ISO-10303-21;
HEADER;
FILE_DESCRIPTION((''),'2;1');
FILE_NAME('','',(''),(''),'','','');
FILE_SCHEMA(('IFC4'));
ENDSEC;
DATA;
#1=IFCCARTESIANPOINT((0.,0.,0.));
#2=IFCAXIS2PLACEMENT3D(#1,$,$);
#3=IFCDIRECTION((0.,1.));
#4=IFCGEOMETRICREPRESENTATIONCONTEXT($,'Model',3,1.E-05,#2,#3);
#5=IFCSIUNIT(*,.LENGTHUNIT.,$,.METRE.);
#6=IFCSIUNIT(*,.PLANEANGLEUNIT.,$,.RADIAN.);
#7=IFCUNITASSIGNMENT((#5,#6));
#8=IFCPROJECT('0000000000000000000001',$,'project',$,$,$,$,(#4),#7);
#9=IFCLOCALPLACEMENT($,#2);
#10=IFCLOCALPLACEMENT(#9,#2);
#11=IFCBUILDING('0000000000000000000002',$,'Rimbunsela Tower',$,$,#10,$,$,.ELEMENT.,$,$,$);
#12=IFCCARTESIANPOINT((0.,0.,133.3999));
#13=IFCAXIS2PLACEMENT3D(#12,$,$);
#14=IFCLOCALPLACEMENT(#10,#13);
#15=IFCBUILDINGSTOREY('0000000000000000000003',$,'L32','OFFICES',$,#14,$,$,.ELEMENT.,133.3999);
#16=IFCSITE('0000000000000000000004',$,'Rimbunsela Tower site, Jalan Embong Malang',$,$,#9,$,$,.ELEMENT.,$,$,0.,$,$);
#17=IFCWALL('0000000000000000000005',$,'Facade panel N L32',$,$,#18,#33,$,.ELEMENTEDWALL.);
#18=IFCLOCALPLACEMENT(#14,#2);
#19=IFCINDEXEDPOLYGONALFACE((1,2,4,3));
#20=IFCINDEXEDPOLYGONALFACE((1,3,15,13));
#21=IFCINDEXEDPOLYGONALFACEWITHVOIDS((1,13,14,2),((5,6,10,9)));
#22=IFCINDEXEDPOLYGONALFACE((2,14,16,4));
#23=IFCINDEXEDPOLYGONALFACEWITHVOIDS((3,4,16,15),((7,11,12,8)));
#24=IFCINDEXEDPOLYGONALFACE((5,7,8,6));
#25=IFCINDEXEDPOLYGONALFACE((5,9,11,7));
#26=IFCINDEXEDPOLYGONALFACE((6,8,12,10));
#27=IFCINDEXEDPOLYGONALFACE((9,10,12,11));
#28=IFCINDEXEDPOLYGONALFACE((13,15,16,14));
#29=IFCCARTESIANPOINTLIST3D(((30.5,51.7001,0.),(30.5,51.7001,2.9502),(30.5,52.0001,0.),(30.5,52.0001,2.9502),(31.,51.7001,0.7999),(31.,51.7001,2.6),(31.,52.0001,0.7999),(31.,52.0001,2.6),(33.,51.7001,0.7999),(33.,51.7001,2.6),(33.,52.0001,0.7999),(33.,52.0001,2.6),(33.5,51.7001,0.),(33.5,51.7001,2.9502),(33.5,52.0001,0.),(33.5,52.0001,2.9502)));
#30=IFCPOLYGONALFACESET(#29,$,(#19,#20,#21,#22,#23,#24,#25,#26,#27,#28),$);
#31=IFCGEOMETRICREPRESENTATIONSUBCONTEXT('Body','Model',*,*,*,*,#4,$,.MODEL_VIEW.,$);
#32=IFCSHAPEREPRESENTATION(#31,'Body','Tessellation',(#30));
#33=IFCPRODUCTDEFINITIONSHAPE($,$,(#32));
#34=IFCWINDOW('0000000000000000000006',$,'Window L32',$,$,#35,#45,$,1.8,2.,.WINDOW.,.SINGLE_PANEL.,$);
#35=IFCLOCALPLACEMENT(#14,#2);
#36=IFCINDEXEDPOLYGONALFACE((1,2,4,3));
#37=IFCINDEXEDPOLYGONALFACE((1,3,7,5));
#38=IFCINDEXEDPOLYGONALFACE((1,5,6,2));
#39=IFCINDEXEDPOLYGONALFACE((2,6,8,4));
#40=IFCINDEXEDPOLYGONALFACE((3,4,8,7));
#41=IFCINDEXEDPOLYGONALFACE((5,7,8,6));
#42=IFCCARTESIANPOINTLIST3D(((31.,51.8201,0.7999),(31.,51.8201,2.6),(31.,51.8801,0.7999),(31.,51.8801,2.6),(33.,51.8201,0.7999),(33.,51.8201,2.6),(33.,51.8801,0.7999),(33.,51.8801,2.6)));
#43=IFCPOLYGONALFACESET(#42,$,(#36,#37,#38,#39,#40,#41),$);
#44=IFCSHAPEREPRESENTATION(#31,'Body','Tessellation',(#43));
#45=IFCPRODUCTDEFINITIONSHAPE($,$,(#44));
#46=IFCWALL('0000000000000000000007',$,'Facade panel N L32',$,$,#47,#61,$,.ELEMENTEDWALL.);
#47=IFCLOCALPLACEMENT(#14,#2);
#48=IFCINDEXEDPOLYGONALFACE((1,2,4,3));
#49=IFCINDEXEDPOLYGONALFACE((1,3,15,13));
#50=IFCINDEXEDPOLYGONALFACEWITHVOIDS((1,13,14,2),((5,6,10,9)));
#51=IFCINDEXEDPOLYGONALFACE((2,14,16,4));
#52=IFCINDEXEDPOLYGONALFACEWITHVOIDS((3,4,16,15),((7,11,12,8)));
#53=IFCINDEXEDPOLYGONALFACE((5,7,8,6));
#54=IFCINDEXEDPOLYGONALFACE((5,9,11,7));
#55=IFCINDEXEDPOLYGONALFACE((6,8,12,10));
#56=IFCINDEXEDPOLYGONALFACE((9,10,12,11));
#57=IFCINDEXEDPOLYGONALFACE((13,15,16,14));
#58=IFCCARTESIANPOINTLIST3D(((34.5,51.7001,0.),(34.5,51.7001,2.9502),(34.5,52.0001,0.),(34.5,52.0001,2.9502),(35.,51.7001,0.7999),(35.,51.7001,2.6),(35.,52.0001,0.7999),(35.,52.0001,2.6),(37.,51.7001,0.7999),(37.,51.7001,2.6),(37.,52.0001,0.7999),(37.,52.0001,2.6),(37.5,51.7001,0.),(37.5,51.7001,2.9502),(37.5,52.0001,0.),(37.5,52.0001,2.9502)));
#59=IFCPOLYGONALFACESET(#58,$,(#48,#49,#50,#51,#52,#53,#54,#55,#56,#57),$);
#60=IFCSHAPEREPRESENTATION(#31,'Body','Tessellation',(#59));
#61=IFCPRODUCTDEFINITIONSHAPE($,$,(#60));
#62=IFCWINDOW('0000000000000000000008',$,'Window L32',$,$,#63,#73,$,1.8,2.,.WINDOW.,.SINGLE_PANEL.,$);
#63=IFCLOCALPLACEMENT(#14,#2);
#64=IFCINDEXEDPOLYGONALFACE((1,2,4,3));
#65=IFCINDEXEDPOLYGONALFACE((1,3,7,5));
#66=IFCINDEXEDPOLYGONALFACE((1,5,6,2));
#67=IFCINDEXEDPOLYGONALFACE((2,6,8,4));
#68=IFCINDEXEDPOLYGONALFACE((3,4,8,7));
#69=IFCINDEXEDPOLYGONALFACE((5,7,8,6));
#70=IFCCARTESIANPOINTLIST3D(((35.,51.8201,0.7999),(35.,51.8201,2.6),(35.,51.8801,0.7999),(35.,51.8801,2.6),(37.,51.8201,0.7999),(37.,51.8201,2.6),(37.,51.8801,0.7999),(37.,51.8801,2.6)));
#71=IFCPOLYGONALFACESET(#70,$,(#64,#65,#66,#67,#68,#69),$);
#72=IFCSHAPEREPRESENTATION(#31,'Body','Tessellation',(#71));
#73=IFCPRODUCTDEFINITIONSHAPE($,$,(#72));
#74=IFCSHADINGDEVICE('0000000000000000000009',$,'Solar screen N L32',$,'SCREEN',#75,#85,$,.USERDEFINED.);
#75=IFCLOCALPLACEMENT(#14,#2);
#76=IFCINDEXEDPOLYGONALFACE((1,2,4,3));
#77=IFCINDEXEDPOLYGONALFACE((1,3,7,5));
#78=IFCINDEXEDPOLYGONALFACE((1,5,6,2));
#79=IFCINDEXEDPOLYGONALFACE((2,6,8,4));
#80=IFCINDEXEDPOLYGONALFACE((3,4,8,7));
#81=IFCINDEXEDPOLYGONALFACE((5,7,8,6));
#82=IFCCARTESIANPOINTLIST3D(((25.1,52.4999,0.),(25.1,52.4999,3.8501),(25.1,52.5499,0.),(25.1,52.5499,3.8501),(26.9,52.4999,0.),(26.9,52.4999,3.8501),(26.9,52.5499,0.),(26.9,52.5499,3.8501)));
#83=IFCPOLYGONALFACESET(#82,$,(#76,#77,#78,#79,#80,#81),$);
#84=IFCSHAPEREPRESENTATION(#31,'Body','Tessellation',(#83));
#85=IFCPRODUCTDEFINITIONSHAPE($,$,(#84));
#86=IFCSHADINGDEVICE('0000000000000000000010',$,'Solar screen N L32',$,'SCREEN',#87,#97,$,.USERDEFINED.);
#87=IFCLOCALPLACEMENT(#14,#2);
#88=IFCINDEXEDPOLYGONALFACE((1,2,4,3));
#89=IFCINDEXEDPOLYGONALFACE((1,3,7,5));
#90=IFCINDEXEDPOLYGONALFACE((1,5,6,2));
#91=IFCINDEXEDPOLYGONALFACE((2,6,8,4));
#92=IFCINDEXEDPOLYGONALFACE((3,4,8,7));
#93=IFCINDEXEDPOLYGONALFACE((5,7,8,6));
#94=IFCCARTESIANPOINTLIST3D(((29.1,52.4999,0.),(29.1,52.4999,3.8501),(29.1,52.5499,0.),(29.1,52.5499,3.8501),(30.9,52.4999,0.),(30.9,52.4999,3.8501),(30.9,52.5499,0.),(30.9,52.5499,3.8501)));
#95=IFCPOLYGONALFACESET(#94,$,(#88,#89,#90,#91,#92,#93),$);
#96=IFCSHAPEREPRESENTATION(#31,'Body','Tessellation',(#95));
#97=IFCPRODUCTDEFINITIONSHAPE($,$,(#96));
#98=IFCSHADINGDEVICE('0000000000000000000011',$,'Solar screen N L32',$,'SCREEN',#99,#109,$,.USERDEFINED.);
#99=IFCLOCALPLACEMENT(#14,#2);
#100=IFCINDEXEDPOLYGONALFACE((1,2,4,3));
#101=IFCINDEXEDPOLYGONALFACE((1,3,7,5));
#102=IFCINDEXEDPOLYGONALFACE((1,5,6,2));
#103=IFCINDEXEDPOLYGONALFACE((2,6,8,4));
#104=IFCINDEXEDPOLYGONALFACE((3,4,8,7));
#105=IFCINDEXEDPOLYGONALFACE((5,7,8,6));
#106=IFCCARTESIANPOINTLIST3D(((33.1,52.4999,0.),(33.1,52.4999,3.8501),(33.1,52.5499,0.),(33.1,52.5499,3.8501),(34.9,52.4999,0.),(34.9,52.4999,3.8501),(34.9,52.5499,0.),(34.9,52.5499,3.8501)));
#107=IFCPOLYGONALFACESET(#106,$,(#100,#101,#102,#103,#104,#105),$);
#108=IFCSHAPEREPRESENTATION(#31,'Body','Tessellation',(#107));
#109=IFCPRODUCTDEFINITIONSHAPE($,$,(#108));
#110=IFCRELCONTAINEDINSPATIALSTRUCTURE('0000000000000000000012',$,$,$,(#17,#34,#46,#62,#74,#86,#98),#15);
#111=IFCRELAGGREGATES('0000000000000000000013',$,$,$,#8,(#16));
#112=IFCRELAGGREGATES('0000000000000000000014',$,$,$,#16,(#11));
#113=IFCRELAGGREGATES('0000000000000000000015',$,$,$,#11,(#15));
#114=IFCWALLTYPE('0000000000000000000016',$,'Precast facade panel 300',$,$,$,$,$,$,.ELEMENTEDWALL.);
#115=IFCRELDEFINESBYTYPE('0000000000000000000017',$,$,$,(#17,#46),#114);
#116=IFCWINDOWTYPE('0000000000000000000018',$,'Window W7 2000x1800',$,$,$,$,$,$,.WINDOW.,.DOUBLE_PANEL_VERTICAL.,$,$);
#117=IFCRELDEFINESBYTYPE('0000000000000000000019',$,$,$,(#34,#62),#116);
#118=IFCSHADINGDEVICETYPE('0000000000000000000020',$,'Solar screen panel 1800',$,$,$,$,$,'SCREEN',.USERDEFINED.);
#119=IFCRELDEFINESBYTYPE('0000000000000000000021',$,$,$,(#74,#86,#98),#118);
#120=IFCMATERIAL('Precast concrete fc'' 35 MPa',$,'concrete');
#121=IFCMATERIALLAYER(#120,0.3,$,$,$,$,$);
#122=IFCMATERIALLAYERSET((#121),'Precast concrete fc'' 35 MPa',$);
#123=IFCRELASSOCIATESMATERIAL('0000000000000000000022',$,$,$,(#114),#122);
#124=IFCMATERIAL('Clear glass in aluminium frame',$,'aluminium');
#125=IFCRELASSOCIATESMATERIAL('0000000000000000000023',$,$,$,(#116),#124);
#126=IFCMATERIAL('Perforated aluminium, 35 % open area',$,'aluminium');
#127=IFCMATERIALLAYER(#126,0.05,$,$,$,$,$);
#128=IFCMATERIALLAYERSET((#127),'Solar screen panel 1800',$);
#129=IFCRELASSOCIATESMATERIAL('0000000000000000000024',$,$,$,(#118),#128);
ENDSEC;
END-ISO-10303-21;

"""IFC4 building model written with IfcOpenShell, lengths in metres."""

from ifc_helpers import new_model, si_unit, direction, frame, frame_2d, origin, origin_2d, place, context, subcontext, project, spatial, rectangle, extrude, material, layer, layer_set, type_object, element, fill, save


model = new_model("IFC4")

# Units and contexts
model_context = context("Model", 3, precision=1e-05, world=origin(), true_north=direction((0.0, 1.0)))
body_context = subcontext(model_context, "Body", "Model", "MODEL_VIEW")
ifc_project = project(units=[si_unit("LENGTHUNIT", "METRE"), si_unit("PLANEANGLEUNIT", "RADIAN")], contexts=[model_context])

# Site, building, storey
site_placement = place(None, origin())
site = spatial("IfcSite", under=ifc_project, at=site_placement, Name="Rimbunsela Tower site, Jalan Embong Malang", CompositionType="ELEMENT", RefElevation=0.0)
building_placement = place(site_placement, origin())
building = spatial("IfcBuilding", under=site, at=building_placement, Name="Rimbunsela Tower", CompositionType="ELEMENT")
storey_placement = place(building_placement, frame((0.0, 0.0, 133.3999)))
storey = spatial("IfcBuildingStorey", under=building, at=storey_placement, Name="L32", Description="OFFICES", CompositionType="ELEMENT", Elevation=133.3999)

# Shared definitions
ifc_material_1 = material(Name="Precast concrete fc' 35 MPa", Category="concrete")
ifc_layer_1 = layer(ifc_material_1, 0.3)
ifc_layer_set_1 = layer_set([ifc_layer_1], Name="Precast concrete fc' 35 MPa")
wall_type = type_object("IfcWallType", Name="Precast facade panel 300", PredefinedType="ELEMENTEDWALL", material=ifc_layer_set_1)

# Walls, openings, windows
wall_1_placement = place(storey_placement, frame((33.5, 51.8501, 0.0), z_axis=(0.0, 0.0, 1.0), x_axis=(-1.0, 0.0, 0.0)))
wall_1 = element("IfcWall", 1, at=wall_1_placement, inside=storey, type_object=wall_type, Name="Facade panel N L32", PredefinedType="ELEMENTEDWALL", context=body_context, shape_type="SweptSolid", body=[
    extrude(rectangle(XDim=3.0, YDim=0.3, at=frame_2d((1.5, 0.0))), origin(), (0.0, 0.0, 1.0), 2.9502),
])
opening_1_placement = place(wall_1_placement, frame((0.5, 0.0, 0.8)))
opening_1 = element("IfcOpeningElement", 2, at=opening_1_placement, cuts=wall_1, PredefinedType="OPENING", context=body_context, shape_type="SweptSolid", body=[
    extrude(rectangle(XDim=2.0, YDim=1.8, at=frame_2d((1.0, 0.8999))), frame((0.0, 0.1599, 0.0), z_axis=(0.0, -1.0, 0.0), x_axis=(1.0, 0.0, 0.0)), (0.0, 0.0, 1.0), 0.3201),
])
ifc_material_2 = material(Name="Clear glass in aluminium frame", Category="aluminium")
window_type_1 = type_object("IfcWindowType", Name="Window W7 2000x1800", PartitioningType="DOUBLE_PANEL_VERTICAL", PredefinedType="WINDOW", material=ifc_material_2)
window_1_placement = place(opening_1_placement, origin())
window_1 = element("IfcWindow", 3, at=window_1_placement, inside=storey, type_object=window_type_1, Name="Window L32", OverallHeight=1.8, OverallWidth=2.0, PartitioningType="SINGLE_PANEL", PredefinedType="WINDOW", context=body_context, shape_type="SweptSolid", body=[
    extrude(rectangle(XDim=2.0, YDim=1.8, at=frame_2d((1.0, 0.8999))), frame((0.0, 0.03, 0.0), z_axis=(0.0, -1.0, 0.0), x_axis=(1.0, 0.0, 0.0)), (0.0, 0.0, 1.0), 0.0601),
])
fill(opening_1, window_1)
wall_2_placement = place(storey_placement, frame((37.5, 51.8501, 0.0), z_axis=(0.0, 0.0, 1.0), x_axis=(-1.0, 0.0, 0.0)))
wall_2 = element("IfcWall", 4, at=wall_2_placement, inside=storey, type_object=wall_type, Name="Facade panel N L32", PredefinedType="ELEMENTEDWALL", context=body_context, shape_type="SweptSolid", body=[
    extrude(rectangle(XDim=3.0, YDim=0.3, at=frame_2d((1.5, 0.0))), origin(), (0.0, 0.0, 1.0), 2.9502),
])
opening_2_placement = place(wall_2_placement, frame((0.5, 0.0, 0.8)))
opening_2 = element("IfcOpeningElement", 5, at=opening_2_placement, cuts=wall_2, PredefinedType="OPENING", context=body_context, shape_type="SweptSolid", body=[
    extrude(rectangle(XDim=2.0, YDim=1.8, at=frame_2d((1.0, 0.8999))), frame((0.0, 0.1599, 0.0), z_axis=(0.0, -1.0, 0.0), x_axis=(1.0, 0.0, 0.0)), (0.0, 0.0, 1.0), 0.3201),
])
window_2_placement = place(opening_2_placement, origin())
window_2 = element("IfcWindow", 6, at=window_2_placement, inside=storey, type_object=window_type_1, Name="Window L32", OverallHeight=1.8, OverallWidth=2.0, PartitioningType="SINGLE_PANEL", PredefinedType="WINDOW", context=body_context, shape_type="SweptSolid", body=[
    extrude(rectangle(XDim=2.0, YDim=1.8, at=frame_2d((1.0, 0.8999))), frame((0.0, 0.03, 0.0), z_axis=(0.0, -1.0, 0.0), x_axis=(1.0, 0.0, 0.0)), (0.0, 0.0, 1.0), 0.0601),
])
fill(opening_2, window_2)

# Shading devices
ifc_material_3 = material(Name="Perforated aluminium, 35 % open area", Category="aluminium")
ifc_layer_2 = layer(ifc_material_3, 0.05)
ifc_layer_set_2 = layer_set([ifc_layer_2], Name="Solar screen panel 1800")
shading_device_type = type_object("IfcShadingDeviceType", Name="Solar screen panel 1800", ElementType="SCREEN", PredefinedType="USERDEFINED", material=ifc_layer_set_2)
for number, where, z_axis, x_axis, name in (
    (7, (26.0, 52.5249, 0.0), (0.0, 0.0, 1.0), (1.0, 0.0, 0.0), "Solar screen N L32"),
    (8, (30.0, 52.5249, 0.0), (0.0, 0.0, 1.0), (1.0, 0.0, 0.0), "Solar screen N L32"),
    (9, (34.0, 52.5249, 0.0), (0.0, 0.0, 1.0), (1.0, 0.0, 0.0), "Solar screen N L32"),
):
    element("IfcShadingDevice", number, at=place(storey_placement, frame(where, z_axis=z_axis, x_axis=x_axis)), inside=storey, type_object=shading_device_type, Name=name, ObjectType="SCREEN", PredefinedType="USERDEFINED", context=body_context, shape_type="SweptSolid", body=[
        extrude(rectangle(XDim=1.8, YDim=0.05, at=origin_2d()), origin(), (0.0, 0.0, 1.0), 3.8501),
    ])

save(model, "model.ifc")
